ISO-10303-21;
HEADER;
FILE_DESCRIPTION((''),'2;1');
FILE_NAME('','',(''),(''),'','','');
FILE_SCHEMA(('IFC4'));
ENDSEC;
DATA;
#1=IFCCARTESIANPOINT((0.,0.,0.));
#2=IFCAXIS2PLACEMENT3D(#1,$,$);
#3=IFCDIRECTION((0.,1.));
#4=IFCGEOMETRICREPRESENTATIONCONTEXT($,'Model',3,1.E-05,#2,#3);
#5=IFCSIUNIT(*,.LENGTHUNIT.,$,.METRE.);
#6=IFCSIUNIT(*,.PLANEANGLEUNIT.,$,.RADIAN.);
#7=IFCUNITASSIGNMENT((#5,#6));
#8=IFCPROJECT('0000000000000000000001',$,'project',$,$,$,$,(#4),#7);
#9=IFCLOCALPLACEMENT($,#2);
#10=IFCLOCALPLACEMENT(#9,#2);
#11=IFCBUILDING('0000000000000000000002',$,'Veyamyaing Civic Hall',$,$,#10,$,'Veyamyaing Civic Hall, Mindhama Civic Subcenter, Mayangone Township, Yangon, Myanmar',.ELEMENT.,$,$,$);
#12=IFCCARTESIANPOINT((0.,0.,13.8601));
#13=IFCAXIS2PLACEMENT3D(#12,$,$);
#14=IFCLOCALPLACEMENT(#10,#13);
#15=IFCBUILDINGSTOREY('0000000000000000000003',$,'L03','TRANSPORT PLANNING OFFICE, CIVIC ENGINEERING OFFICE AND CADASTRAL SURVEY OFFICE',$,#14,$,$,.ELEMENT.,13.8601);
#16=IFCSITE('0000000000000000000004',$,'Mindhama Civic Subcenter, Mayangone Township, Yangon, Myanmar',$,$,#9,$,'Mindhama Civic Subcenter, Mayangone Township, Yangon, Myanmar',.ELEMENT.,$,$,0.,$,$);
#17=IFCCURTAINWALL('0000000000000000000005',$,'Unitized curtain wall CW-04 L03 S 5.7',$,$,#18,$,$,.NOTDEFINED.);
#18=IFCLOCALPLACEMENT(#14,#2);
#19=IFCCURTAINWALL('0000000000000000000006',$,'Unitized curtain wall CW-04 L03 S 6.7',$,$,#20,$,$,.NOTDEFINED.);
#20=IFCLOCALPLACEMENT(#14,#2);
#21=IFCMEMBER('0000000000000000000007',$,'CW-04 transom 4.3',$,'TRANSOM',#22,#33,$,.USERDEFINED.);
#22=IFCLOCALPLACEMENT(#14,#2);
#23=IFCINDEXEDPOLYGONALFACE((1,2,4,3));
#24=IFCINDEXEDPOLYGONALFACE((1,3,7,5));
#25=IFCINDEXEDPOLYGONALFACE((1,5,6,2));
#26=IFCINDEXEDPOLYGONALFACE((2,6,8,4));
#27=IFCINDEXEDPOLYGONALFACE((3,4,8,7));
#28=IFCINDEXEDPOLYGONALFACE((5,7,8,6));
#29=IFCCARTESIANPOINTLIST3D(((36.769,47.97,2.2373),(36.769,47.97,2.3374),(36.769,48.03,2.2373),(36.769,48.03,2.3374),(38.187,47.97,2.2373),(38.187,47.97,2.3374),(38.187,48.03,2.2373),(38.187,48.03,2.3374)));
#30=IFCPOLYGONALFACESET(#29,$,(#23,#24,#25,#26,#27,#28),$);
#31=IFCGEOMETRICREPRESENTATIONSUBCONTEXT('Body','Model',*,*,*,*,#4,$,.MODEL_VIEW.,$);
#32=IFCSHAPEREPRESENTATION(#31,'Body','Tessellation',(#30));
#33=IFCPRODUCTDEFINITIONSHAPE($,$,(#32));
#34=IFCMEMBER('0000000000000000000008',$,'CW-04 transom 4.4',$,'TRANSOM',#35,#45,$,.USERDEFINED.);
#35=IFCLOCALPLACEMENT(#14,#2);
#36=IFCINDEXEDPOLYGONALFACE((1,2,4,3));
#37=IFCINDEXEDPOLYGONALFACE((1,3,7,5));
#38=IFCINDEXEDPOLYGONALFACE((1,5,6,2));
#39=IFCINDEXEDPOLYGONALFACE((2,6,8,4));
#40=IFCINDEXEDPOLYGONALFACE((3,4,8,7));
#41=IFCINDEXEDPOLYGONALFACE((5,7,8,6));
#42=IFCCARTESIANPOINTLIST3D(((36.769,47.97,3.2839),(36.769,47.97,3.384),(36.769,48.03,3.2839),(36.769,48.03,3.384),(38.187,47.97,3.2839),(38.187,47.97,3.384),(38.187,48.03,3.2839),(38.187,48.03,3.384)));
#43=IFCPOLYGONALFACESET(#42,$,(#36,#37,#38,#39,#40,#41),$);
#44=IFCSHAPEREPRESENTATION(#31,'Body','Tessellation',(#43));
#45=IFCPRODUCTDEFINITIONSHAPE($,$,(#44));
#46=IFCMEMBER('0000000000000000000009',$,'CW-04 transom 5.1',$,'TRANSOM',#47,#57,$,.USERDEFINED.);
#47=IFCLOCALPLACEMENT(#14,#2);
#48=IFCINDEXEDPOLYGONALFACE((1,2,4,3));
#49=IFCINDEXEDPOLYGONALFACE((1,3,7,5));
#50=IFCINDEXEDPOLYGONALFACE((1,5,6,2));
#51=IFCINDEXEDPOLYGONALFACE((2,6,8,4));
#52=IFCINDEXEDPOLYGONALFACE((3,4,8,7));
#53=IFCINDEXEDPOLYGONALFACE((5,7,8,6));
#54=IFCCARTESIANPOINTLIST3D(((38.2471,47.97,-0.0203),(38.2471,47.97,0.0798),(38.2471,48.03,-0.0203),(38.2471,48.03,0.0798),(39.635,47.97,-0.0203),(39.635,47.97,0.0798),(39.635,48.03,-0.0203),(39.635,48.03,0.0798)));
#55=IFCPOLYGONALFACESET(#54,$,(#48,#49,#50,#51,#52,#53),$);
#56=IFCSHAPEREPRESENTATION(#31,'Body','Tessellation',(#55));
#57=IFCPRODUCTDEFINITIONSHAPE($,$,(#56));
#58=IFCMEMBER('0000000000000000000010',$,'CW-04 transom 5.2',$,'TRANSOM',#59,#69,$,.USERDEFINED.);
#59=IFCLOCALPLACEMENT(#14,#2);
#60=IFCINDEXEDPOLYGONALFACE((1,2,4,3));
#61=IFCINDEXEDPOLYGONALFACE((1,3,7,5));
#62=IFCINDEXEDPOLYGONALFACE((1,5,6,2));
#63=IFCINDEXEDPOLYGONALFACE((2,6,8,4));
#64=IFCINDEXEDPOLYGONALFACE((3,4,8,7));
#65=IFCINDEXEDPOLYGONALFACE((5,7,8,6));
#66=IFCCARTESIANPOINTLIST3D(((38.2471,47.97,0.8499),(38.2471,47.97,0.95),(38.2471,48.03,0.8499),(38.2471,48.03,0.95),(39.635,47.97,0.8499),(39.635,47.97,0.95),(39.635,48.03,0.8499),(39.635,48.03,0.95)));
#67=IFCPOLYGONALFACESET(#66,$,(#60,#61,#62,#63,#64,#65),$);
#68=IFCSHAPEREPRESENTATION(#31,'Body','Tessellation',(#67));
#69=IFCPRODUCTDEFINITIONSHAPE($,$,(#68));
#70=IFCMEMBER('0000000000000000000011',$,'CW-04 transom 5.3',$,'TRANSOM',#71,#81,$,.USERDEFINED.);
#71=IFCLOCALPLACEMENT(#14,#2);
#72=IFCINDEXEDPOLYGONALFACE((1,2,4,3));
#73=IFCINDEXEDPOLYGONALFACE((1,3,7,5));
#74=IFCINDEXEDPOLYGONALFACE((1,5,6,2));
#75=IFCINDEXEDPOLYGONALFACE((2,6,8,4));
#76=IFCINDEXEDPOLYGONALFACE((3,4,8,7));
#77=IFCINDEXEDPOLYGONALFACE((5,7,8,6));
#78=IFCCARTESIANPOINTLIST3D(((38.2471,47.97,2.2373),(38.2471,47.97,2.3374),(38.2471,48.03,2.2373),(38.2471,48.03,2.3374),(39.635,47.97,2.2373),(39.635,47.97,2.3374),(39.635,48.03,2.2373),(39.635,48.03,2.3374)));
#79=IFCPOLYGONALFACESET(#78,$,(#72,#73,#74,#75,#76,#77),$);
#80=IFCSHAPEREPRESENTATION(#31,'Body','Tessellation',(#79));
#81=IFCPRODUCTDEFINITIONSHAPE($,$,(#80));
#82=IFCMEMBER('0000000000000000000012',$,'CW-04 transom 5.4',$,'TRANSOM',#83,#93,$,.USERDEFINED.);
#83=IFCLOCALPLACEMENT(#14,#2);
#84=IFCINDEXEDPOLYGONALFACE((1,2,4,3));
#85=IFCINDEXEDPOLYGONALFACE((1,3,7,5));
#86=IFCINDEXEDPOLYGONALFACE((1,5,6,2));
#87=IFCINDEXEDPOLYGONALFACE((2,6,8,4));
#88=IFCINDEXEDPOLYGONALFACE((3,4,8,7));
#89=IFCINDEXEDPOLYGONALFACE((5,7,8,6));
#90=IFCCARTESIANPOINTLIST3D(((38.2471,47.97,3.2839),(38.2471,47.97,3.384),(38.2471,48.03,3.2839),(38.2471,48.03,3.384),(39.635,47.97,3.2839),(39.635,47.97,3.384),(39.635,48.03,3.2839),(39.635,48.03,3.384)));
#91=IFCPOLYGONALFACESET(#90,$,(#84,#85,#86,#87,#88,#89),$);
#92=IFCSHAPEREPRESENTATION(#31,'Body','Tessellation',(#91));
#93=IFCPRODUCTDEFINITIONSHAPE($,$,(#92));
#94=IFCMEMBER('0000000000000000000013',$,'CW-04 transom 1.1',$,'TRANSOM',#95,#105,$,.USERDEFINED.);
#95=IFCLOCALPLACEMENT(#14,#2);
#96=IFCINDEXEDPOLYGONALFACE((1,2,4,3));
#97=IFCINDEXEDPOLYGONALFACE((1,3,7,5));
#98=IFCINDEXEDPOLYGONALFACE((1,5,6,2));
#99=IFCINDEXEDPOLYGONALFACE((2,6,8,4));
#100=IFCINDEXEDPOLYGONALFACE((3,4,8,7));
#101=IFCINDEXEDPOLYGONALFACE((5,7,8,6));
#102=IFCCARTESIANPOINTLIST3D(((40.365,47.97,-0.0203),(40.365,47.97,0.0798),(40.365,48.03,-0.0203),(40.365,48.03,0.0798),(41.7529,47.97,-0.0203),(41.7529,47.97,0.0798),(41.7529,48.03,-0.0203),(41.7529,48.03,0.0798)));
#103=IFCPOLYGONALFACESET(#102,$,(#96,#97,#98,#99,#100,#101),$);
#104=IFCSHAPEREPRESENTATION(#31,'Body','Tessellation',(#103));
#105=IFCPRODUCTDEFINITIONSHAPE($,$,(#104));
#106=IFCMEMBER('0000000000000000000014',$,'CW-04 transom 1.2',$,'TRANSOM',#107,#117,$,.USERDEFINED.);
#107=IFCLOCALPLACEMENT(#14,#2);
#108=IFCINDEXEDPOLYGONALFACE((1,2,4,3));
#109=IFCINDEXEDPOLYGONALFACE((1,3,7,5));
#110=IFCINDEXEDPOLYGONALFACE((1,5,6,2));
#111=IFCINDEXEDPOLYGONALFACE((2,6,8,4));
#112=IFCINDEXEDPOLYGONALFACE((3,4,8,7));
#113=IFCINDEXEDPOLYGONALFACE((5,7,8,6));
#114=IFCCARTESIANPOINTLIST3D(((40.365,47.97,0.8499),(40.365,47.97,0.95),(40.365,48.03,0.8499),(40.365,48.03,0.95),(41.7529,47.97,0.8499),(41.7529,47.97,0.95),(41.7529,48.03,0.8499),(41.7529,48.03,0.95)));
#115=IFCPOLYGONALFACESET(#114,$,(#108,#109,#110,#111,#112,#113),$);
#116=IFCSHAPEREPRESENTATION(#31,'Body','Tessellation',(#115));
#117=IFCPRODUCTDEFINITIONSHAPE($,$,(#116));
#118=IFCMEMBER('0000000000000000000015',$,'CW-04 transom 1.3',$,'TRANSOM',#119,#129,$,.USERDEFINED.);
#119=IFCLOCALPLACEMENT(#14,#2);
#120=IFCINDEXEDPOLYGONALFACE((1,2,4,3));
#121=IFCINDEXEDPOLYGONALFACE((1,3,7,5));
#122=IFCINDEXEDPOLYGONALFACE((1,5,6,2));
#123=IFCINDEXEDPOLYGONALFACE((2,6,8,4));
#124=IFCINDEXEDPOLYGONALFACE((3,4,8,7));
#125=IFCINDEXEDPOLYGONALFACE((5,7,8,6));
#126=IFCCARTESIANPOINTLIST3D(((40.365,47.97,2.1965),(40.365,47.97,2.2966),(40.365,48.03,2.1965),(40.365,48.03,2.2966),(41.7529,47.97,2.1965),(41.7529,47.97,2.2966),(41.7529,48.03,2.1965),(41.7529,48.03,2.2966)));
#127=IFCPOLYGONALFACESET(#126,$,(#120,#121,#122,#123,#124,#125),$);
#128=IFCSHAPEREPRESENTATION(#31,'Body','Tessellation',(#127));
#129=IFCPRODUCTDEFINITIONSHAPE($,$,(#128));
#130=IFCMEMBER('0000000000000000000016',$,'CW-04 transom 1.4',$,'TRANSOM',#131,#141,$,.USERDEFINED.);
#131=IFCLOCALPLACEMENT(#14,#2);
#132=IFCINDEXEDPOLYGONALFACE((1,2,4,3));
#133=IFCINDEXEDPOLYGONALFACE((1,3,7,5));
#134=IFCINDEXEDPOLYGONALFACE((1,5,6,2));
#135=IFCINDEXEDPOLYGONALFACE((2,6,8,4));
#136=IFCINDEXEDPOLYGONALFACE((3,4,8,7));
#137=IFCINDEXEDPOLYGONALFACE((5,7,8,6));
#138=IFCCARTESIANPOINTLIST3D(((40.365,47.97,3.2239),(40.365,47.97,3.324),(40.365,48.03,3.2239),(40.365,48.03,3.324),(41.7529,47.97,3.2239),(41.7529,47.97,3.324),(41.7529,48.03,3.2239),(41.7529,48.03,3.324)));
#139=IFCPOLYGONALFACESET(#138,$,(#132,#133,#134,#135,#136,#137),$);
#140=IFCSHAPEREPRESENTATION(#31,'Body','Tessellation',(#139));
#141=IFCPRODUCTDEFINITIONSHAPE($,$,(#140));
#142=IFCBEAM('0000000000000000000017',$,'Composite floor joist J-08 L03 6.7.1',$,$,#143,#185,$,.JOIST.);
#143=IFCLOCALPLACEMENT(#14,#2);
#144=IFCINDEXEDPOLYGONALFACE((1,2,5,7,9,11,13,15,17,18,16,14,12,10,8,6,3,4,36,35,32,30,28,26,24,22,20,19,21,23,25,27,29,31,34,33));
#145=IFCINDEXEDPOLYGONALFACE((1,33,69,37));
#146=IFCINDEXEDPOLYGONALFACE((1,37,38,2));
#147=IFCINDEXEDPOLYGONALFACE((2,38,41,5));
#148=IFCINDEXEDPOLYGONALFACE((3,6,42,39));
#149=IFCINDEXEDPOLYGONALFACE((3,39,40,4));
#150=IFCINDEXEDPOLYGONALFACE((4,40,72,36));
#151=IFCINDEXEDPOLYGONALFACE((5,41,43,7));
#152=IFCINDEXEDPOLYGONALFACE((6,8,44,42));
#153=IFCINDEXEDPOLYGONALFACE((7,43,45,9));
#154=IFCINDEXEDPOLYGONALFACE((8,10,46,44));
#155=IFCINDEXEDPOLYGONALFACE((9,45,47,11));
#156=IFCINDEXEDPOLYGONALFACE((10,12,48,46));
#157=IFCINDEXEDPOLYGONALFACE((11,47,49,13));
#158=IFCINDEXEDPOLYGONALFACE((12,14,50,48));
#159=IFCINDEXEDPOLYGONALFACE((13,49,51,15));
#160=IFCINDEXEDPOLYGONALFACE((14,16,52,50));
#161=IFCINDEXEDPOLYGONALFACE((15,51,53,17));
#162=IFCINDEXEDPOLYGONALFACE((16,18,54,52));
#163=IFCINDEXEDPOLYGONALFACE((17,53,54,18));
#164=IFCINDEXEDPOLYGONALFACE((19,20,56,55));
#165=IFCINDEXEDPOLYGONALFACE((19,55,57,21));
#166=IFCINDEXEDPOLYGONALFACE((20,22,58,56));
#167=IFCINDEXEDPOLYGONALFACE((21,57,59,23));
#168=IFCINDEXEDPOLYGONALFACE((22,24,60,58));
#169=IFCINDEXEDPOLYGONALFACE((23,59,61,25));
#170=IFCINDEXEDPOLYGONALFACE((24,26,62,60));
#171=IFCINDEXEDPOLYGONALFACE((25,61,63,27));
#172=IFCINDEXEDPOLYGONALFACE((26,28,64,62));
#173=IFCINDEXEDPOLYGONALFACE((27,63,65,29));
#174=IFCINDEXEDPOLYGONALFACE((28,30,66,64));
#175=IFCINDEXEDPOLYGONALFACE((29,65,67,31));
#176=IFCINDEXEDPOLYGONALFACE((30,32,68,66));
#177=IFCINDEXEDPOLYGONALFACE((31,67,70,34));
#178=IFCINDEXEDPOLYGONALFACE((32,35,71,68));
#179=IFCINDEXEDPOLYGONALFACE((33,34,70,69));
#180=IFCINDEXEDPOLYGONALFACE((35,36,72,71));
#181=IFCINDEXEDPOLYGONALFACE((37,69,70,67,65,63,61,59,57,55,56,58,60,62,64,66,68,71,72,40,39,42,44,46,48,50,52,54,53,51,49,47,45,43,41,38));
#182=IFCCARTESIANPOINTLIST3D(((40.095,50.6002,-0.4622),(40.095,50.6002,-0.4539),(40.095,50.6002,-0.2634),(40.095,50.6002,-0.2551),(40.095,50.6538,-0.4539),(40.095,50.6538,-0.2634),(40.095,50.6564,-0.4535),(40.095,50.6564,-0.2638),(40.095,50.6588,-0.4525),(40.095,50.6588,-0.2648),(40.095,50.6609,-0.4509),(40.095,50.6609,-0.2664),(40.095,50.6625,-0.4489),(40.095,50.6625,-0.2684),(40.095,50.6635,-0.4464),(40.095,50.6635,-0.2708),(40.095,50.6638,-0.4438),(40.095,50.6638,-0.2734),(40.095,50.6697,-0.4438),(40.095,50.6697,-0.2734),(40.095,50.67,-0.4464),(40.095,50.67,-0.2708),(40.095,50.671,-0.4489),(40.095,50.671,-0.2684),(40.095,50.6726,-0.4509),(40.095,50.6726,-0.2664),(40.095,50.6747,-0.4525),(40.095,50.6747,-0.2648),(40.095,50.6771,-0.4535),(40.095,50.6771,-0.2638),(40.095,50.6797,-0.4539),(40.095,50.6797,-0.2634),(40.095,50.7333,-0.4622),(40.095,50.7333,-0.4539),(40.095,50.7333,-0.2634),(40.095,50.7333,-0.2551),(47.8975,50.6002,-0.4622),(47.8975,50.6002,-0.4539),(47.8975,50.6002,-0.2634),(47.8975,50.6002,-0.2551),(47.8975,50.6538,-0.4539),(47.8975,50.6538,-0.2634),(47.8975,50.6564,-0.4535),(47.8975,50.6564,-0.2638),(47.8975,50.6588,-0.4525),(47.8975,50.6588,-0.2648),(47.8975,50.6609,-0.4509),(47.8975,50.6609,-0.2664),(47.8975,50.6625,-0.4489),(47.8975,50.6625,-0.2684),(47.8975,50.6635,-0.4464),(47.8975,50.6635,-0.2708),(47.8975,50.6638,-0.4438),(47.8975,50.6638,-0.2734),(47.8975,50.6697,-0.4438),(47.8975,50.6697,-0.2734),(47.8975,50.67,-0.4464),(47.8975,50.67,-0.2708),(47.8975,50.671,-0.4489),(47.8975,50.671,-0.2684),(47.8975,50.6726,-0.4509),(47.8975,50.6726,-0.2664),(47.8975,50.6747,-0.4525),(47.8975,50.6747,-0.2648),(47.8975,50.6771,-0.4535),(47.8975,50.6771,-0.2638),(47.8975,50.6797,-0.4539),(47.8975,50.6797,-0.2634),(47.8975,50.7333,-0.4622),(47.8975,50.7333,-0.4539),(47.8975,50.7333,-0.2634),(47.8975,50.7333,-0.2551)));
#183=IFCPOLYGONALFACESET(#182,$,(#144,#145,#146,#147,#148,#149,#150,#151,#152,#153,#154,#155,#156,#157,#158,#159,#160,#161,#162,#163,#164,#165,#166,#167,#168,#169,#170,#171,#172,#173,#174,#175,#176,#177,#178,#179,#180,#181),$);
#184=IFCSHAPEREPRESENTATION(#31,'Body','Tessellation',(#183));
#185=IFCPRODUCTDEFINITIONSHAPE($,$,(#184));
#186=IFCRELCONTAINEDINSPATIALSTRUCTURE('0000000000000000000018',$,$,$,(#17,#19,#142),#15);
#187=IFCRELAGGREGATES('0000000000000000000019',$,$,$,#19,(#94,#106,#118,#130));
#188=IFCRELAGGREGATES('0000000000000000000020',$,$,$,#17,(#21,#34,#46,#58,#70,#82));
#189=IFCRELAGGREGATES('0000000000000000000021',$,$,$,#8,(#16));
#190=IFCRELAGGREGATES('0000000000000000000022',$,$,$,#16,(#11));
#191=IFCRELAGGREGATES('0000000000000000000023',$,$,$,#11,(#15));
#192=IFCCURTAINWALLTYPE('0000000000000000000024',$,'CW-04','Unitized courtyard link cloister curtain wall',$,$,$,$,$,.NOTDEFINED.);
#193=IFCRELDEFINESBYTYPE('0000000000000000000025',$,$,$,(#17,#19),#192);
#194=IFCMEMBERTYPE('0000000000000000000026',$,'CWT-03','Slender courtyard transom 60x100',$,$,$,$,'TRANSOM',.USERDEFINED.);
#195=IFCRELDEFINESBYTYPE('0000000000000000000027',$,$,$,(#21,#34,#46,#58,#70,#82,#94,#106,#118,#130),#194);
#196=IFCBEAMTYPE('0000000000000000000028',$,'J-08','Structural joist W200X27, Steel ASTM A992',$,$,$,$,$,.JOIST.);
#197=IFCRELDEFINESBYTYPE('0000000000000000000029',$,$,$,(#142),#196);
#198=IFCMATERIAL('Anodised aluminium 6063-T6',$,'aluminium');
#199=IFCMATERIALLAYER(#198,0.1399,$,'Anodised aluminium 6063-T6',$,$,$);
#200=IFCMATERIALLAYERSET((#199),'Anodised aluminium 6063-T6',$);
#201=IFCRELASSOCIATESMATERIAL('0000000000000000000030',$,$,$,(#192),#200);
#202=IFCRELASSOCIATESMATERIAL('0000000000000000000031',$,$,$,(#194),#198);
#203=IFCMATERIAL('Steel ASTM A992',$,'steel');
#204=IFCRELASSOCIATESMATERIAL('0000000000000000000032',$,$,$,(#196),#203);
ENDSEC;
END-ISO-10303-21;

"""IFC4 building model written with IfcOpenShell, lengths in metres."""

from ifc_helpers import new_model, si_unit, direction, frame, origin, origin_2d, place, context, subcontext, project, spatial, rectangle, i_section, extrude, material, layer, layer_set, material_profile, profile_set, type_object, element, aggregate, save


model = new_model("IFC4")

# Units and contexts
model_context = context("Model", 3, precision=1e-05, world=origin(), true_north=direction((0.0, 1.0)))
body_context = subcontext(model_context, "Body", "Model", "MODEL_VIEW")
ifc_project = project(units=[si_unit("LENGTHUNIT", "METRE"), si_unit("PLANEANGLEUNIT", "RADIAN")], contexts=[model_context])

# Site, building, storey
site_placement = place(None, origin())
site = spatial("IfcSite", under=ifc_project, at=site_placement, Name="Mindhama Civic Subcenter, Mayangone Township, Yangon, Myanmar", LongName="Mindhama Civic Subcenter, Mayangone Township, Yangon, Myanmar", CompositionType="ELEMENT", RefElevation=0.0)
building_placement = place(site_placement, origin())
building = spatial("IfcBuilding", under=site, at=building_placement, Name="Veyamyaing Civic Hall", LongName="Veyamyaing Civic Hall, Mindhama Civic Subcenter, Mayangone Township, Yangon, Myanmar", CompositionType="ELEMENT")
storey_placement = place(building_placement, frame((0.0, 0.0, 13.8601)))
storey = spatial("IfcBuildingStorey", under=building, at=storey_placement, Name="L03", Description="TRANSPORT PLANNING OFFICE, CIVIC ENGINEERING OFFICE AND CADASTRAL SURVEY OFFICE", CompositionType="ELEMENT", Elevation=13.8601)

# Shared definitions
ifc_material_1 = material(Name="Steel ASTM A992", Category="steel")

# Curtain wall
ifc_material_2 = material(Name="Anodised aluminium 6063-T6", Category="aluminium")
ifc_layer_1 = layer(ifc_material_2, 0.1399, Name="Anodised aluminium 6063-T6")
ifc_layer_set_1 = layer_set([ifc_layer_1], Name="Anodised aluminium 6063-T6")
curtain_wall_type = type_object("IfcCurtainWallType", Name="CW-04", Description="Unitized courtyard link cloister curtain wall", PredefinedType="NOTDEFINED", material=ifc_layer_set_1)
curtain_wall_1_placement = place(storey_placement, origin())
curtain_wall_1 = element("IfcCurtainWall", 1, at=curtain_wall_1_placement, inside=storey, type_object=curtain_wall_type, Name="Unitized curtain wall CW-04 L03 S 5.7", PredefinedType="NOTDEFINED")

# Curtain wall
curtain_wall_2_placement = place(storey_placement, origin())
curtain_wall_2 = element("IfcCurtainWall", 2, at=curtain_wall_2_placement, inside=storey, type_object=curtain_wall_type, Name="Unitized curtain wall CW-04 L03 S 6.7", PredefinedType="NOTDEFINED")

# Members
ifc_material_profile_1 = material_profile(ifc_material_2, rectangle(XDim=0.0601, YDim=0.1001, at=origin_2d()), Name="ALU-TRN-60X100")
ifc_profile_set_1 = profile_set([ifc_material_profile_1], Name="Anodised aluminium 6063-T6")
member_type_1 = type_object("IfcMemberType", Name="CWT-03", Description="Slender courtyard transom 60x100", ElementType="TRANSOM", PredefinedType="USERDEFINED", material=ifc_profile_set_1)
member_1_placement = place(storey_placement, frame((36.769, 48.0, 2.2874), z_axis=(1.0, 0.0, 0.0), x_axis=(0.0, 1.0, 0.0)))
member_1 = element("IfcMember", 3, at=member_1_placement, type_object=member_type_1, Name="CW-04 transom 4.3", ObjectType="TRANSOM", PredefinedType="USERDEFINED", context=body_context, shape_type="SweptSolid", body=[
    extrude(rectangle(XDim=0.0601, YDim=0.1001, at=origin_2d()), origin(), (0.0, 0.0, 1.0), 1.418),
])
member_2_placement = place(storey_placement, frame((36.769, 48.0, 3.334), z_axis=(1.0, 0.0, 0.0), x_axis=(0.0, 1.0, 0.0)))
member_2 = element("IfcMember", 4, at=member_2_placement, type_object=member_type_1, Name="CW-04 transom 4.4", ObjectType="TRANSOM", PredefinedType="USERDEFINED", context=body_context, shape_type="SweptSolid", body=[
    extrude(rectangle(XDim=0.0601, YDim=0.1001, at=origin_2d()), origin(), (0.0, 0.0, 1.0), 1.418),
])
member_3_placement = place(storey_placement, frame((38.2471, 48.0, 0.0298), z_axis=(1.0, 0.0, 0.0), x_axis=(0.0, 1.0, 0.0)))
member_3 = element("IfcMember", 5, at=member_3_placement, type_object=member_type_1, Name="CW-04 transom 5.1", ObjectType="TRANSOM", PredefinedType="USERDEFINED", context=body_context, shape_type="SweptSolid", body=[
    extrude(rectangle(XDim=0.0601, YDim=0.1001, at=origin_2d()), origin(), (0.0, 0.0, 1.0), 1.3879),
])
member_4_placement = place(storey_placement, frame((38.2471, 48.0, 0.8999), z_axis=(1.0, 0.0, 0.0), x_axis=(0.0, 1.0, 0.0)))
member_4 = element("IfcMember", 6, at=member_4_placement, type_object=member_type_1, Name="CW-04 transom 5.2", ObjectType="TRANSOM", PredefinedType="USERDEFINED", context=body_context, shape_type="SweptSolid", body=[
    extrude(rectangle(XDim=0.0601, YDim=0.1001, at=origin_2d()), origin(), (0.0, 0.0, 1.0), 1.3879),
])
member_5_placement = place(storey_placement, frame((38.2471, 48.0, 2.2874), z_axis=(1.0, 0.0, 0.0), x_axis=(0.0, 1.0, 0.0)))
member_5 = element("IfcMember", 7, at=member_5_placement, type_object=member_type_1, Name="CW-04 transom 5.3", ObjectType="TRANSOM", PredefinedType="USERDEFINED", context=body_context, shape_type="SweptSolid", body=[
    extrude(rectangle(XDim=0.0601, YDim=0.1001, at=origin_2d()), origin(), (0.0, 0.0, 1.0), 1.3879),
])
member_6_placement = place(storey_placement, frame((38.2471, 48.0, 3.334), z_axis=(1.0, 0.0, 0.0), x_axis=(0.0, 1.0, 0.0)))
member_6 = element("IfcMember", 8, at=member_6_placement, type_object=member_type_1, Name="CW-04 transom 5.4", ObjectType="TRANSOM", PredefinedType="USERDEFINED", context=body_context, shape_type="SweptSolid", body=[
    extrude(rectangle(XDim=0.0601, YDim=0.1001, at=origin_2d()), origin(), (0.0, 0.0, 1.0), 1.3879),
])
member_7_placement = place(storey_placement, frame((40.365, 48.0, 0.0298), z_axis=(1.0, 0.0, 0.0), x_axis=(0.0, 1.0, 0.0)))
member_7 = element("IfcMember", 9, at=member_7_placement, type_object=member_type_1, Name="CW-04 transom 1.1", ObjectType="TRANSOM", PredefinedType="USERDEFINED", context=body_context, shape_type="SweptSolid", body=[
    extrude(rectangle(XDim=0.0601, YDim=0.1001, at=origin_2d()), origin(), (0.0, 0.0, 1.0), 1.3879),
])
member_8_placement = place(storey_placement, frame((40.365, 48.0, 0.8999), z_axis=(1.0, 0.0, 0.0), x_axis=(0.0, 1.0, 0.0)))
member_8 = element("IfcMember", 10, at=member_8_placement, type_object=member_type_1, Name="CW-04 transom 1.2", ObjectType="TRANSOM", PredefinedType="USERDEFINED", context=body_context, shape_type="SweptSolid", body=[
    extrude(rectangle(XDim=0.0601, YDim=0.1001, at=origin_2d()), origin(), (0.0, 0.0, 1.0), 1.3879),
])
member_9_placement = place(storey_placement, frame((40.365, 48.0, 2.2466), z_axis=(1.0, 0.0, 0.0), x_axis=(0.0, 1.0, 0.0)))
member_9 = element("IfcMember", 11, at=member_9_placement, type_object=member_type_1, Name="CW-04 transom 1.3", ObjectType="TRANSOM", PredefinedType="USERDEFINED", context=body_context, shape_type="SweptSolid", body=[
    extrude(rectangle(XDim=0.0601, YDim=0.1001, at=origin_2d()), origin(), (0.0, 0.0, 1.0), 1.3879),
])
member_10_placement = place(storey_placement, frame((40.365, 48.0, 3.2739), z_axis=(1.0, 0.0, 0.0), x_axis=(0.0, 1.0, 0.0)))
member_10 = element("IfcMember", 12, at=member_10_placement, type_object=member_type_1, Name="CW-04 transom 1.4", ObjectType="TRANSOM", PredefinedType="USERDEFINED", context=body_context, shape_type="SweptSolid", body=[
    extrude(rectangle(XDim=0.0601, YDim=0.1001, at=origin_2d()), origin(), (0.0, 0.0, 1.0), 1.3879),
])
aggregate(curtain_wall_2, [member_7, member_8, member_9, member_10])

# Beam
ifc_material_profile_2 = material_profile(ifc_material_1, i_section(OverallWidth=0.1331, OverallDepth=0.207, WebThickness=0.0059, FlangeThickness=0.0083, FilletRadius=0.01, at=origin_2d()), Name="W200X27")
ifc_profile_set_2 = profile_set([ifc_material_profile_2], Name="Steel ASTM A992")
beam_type_1 = type_object("IfcBeamType", Name="J-08", Description="Structural joist W200X27, Steel ASTM A992", PredefinedType="JOIST", material=ifc_profile_set_2)
for number, where, z_axis, x_axis, name in (
    (13, (40.095, 50.6667, -0.3586), (1.0, 0.0, 0.0), (0.0, 1.0, 0.0), "Composite floor joist J-08 L03 6.7.1"),
):
    element("IfcBeam", number, at=place(storey_placement, frame(where, z_axis=z_axis, x_axis=x_axis)), inside=storey, type_object=beam_type_1, Name=name, PredefinedType="JOIST", context=body_context, shape_type="SweptSolid", body=[
        extrude(i_section(OverallWidth=0.1331, OverallDepth=0.207, WebThickness=0.0059, FlangeThickness=0.0083, FilletRadius=0.01, at=origin_2d()), origin(), (0.0, 0.0, 1.0), 7.8025),
    ])

aggregate(curtain_wall_1, [member_1, member_2, member_3, member_4, member_5, member_6])

save(model, "model.ifc")
